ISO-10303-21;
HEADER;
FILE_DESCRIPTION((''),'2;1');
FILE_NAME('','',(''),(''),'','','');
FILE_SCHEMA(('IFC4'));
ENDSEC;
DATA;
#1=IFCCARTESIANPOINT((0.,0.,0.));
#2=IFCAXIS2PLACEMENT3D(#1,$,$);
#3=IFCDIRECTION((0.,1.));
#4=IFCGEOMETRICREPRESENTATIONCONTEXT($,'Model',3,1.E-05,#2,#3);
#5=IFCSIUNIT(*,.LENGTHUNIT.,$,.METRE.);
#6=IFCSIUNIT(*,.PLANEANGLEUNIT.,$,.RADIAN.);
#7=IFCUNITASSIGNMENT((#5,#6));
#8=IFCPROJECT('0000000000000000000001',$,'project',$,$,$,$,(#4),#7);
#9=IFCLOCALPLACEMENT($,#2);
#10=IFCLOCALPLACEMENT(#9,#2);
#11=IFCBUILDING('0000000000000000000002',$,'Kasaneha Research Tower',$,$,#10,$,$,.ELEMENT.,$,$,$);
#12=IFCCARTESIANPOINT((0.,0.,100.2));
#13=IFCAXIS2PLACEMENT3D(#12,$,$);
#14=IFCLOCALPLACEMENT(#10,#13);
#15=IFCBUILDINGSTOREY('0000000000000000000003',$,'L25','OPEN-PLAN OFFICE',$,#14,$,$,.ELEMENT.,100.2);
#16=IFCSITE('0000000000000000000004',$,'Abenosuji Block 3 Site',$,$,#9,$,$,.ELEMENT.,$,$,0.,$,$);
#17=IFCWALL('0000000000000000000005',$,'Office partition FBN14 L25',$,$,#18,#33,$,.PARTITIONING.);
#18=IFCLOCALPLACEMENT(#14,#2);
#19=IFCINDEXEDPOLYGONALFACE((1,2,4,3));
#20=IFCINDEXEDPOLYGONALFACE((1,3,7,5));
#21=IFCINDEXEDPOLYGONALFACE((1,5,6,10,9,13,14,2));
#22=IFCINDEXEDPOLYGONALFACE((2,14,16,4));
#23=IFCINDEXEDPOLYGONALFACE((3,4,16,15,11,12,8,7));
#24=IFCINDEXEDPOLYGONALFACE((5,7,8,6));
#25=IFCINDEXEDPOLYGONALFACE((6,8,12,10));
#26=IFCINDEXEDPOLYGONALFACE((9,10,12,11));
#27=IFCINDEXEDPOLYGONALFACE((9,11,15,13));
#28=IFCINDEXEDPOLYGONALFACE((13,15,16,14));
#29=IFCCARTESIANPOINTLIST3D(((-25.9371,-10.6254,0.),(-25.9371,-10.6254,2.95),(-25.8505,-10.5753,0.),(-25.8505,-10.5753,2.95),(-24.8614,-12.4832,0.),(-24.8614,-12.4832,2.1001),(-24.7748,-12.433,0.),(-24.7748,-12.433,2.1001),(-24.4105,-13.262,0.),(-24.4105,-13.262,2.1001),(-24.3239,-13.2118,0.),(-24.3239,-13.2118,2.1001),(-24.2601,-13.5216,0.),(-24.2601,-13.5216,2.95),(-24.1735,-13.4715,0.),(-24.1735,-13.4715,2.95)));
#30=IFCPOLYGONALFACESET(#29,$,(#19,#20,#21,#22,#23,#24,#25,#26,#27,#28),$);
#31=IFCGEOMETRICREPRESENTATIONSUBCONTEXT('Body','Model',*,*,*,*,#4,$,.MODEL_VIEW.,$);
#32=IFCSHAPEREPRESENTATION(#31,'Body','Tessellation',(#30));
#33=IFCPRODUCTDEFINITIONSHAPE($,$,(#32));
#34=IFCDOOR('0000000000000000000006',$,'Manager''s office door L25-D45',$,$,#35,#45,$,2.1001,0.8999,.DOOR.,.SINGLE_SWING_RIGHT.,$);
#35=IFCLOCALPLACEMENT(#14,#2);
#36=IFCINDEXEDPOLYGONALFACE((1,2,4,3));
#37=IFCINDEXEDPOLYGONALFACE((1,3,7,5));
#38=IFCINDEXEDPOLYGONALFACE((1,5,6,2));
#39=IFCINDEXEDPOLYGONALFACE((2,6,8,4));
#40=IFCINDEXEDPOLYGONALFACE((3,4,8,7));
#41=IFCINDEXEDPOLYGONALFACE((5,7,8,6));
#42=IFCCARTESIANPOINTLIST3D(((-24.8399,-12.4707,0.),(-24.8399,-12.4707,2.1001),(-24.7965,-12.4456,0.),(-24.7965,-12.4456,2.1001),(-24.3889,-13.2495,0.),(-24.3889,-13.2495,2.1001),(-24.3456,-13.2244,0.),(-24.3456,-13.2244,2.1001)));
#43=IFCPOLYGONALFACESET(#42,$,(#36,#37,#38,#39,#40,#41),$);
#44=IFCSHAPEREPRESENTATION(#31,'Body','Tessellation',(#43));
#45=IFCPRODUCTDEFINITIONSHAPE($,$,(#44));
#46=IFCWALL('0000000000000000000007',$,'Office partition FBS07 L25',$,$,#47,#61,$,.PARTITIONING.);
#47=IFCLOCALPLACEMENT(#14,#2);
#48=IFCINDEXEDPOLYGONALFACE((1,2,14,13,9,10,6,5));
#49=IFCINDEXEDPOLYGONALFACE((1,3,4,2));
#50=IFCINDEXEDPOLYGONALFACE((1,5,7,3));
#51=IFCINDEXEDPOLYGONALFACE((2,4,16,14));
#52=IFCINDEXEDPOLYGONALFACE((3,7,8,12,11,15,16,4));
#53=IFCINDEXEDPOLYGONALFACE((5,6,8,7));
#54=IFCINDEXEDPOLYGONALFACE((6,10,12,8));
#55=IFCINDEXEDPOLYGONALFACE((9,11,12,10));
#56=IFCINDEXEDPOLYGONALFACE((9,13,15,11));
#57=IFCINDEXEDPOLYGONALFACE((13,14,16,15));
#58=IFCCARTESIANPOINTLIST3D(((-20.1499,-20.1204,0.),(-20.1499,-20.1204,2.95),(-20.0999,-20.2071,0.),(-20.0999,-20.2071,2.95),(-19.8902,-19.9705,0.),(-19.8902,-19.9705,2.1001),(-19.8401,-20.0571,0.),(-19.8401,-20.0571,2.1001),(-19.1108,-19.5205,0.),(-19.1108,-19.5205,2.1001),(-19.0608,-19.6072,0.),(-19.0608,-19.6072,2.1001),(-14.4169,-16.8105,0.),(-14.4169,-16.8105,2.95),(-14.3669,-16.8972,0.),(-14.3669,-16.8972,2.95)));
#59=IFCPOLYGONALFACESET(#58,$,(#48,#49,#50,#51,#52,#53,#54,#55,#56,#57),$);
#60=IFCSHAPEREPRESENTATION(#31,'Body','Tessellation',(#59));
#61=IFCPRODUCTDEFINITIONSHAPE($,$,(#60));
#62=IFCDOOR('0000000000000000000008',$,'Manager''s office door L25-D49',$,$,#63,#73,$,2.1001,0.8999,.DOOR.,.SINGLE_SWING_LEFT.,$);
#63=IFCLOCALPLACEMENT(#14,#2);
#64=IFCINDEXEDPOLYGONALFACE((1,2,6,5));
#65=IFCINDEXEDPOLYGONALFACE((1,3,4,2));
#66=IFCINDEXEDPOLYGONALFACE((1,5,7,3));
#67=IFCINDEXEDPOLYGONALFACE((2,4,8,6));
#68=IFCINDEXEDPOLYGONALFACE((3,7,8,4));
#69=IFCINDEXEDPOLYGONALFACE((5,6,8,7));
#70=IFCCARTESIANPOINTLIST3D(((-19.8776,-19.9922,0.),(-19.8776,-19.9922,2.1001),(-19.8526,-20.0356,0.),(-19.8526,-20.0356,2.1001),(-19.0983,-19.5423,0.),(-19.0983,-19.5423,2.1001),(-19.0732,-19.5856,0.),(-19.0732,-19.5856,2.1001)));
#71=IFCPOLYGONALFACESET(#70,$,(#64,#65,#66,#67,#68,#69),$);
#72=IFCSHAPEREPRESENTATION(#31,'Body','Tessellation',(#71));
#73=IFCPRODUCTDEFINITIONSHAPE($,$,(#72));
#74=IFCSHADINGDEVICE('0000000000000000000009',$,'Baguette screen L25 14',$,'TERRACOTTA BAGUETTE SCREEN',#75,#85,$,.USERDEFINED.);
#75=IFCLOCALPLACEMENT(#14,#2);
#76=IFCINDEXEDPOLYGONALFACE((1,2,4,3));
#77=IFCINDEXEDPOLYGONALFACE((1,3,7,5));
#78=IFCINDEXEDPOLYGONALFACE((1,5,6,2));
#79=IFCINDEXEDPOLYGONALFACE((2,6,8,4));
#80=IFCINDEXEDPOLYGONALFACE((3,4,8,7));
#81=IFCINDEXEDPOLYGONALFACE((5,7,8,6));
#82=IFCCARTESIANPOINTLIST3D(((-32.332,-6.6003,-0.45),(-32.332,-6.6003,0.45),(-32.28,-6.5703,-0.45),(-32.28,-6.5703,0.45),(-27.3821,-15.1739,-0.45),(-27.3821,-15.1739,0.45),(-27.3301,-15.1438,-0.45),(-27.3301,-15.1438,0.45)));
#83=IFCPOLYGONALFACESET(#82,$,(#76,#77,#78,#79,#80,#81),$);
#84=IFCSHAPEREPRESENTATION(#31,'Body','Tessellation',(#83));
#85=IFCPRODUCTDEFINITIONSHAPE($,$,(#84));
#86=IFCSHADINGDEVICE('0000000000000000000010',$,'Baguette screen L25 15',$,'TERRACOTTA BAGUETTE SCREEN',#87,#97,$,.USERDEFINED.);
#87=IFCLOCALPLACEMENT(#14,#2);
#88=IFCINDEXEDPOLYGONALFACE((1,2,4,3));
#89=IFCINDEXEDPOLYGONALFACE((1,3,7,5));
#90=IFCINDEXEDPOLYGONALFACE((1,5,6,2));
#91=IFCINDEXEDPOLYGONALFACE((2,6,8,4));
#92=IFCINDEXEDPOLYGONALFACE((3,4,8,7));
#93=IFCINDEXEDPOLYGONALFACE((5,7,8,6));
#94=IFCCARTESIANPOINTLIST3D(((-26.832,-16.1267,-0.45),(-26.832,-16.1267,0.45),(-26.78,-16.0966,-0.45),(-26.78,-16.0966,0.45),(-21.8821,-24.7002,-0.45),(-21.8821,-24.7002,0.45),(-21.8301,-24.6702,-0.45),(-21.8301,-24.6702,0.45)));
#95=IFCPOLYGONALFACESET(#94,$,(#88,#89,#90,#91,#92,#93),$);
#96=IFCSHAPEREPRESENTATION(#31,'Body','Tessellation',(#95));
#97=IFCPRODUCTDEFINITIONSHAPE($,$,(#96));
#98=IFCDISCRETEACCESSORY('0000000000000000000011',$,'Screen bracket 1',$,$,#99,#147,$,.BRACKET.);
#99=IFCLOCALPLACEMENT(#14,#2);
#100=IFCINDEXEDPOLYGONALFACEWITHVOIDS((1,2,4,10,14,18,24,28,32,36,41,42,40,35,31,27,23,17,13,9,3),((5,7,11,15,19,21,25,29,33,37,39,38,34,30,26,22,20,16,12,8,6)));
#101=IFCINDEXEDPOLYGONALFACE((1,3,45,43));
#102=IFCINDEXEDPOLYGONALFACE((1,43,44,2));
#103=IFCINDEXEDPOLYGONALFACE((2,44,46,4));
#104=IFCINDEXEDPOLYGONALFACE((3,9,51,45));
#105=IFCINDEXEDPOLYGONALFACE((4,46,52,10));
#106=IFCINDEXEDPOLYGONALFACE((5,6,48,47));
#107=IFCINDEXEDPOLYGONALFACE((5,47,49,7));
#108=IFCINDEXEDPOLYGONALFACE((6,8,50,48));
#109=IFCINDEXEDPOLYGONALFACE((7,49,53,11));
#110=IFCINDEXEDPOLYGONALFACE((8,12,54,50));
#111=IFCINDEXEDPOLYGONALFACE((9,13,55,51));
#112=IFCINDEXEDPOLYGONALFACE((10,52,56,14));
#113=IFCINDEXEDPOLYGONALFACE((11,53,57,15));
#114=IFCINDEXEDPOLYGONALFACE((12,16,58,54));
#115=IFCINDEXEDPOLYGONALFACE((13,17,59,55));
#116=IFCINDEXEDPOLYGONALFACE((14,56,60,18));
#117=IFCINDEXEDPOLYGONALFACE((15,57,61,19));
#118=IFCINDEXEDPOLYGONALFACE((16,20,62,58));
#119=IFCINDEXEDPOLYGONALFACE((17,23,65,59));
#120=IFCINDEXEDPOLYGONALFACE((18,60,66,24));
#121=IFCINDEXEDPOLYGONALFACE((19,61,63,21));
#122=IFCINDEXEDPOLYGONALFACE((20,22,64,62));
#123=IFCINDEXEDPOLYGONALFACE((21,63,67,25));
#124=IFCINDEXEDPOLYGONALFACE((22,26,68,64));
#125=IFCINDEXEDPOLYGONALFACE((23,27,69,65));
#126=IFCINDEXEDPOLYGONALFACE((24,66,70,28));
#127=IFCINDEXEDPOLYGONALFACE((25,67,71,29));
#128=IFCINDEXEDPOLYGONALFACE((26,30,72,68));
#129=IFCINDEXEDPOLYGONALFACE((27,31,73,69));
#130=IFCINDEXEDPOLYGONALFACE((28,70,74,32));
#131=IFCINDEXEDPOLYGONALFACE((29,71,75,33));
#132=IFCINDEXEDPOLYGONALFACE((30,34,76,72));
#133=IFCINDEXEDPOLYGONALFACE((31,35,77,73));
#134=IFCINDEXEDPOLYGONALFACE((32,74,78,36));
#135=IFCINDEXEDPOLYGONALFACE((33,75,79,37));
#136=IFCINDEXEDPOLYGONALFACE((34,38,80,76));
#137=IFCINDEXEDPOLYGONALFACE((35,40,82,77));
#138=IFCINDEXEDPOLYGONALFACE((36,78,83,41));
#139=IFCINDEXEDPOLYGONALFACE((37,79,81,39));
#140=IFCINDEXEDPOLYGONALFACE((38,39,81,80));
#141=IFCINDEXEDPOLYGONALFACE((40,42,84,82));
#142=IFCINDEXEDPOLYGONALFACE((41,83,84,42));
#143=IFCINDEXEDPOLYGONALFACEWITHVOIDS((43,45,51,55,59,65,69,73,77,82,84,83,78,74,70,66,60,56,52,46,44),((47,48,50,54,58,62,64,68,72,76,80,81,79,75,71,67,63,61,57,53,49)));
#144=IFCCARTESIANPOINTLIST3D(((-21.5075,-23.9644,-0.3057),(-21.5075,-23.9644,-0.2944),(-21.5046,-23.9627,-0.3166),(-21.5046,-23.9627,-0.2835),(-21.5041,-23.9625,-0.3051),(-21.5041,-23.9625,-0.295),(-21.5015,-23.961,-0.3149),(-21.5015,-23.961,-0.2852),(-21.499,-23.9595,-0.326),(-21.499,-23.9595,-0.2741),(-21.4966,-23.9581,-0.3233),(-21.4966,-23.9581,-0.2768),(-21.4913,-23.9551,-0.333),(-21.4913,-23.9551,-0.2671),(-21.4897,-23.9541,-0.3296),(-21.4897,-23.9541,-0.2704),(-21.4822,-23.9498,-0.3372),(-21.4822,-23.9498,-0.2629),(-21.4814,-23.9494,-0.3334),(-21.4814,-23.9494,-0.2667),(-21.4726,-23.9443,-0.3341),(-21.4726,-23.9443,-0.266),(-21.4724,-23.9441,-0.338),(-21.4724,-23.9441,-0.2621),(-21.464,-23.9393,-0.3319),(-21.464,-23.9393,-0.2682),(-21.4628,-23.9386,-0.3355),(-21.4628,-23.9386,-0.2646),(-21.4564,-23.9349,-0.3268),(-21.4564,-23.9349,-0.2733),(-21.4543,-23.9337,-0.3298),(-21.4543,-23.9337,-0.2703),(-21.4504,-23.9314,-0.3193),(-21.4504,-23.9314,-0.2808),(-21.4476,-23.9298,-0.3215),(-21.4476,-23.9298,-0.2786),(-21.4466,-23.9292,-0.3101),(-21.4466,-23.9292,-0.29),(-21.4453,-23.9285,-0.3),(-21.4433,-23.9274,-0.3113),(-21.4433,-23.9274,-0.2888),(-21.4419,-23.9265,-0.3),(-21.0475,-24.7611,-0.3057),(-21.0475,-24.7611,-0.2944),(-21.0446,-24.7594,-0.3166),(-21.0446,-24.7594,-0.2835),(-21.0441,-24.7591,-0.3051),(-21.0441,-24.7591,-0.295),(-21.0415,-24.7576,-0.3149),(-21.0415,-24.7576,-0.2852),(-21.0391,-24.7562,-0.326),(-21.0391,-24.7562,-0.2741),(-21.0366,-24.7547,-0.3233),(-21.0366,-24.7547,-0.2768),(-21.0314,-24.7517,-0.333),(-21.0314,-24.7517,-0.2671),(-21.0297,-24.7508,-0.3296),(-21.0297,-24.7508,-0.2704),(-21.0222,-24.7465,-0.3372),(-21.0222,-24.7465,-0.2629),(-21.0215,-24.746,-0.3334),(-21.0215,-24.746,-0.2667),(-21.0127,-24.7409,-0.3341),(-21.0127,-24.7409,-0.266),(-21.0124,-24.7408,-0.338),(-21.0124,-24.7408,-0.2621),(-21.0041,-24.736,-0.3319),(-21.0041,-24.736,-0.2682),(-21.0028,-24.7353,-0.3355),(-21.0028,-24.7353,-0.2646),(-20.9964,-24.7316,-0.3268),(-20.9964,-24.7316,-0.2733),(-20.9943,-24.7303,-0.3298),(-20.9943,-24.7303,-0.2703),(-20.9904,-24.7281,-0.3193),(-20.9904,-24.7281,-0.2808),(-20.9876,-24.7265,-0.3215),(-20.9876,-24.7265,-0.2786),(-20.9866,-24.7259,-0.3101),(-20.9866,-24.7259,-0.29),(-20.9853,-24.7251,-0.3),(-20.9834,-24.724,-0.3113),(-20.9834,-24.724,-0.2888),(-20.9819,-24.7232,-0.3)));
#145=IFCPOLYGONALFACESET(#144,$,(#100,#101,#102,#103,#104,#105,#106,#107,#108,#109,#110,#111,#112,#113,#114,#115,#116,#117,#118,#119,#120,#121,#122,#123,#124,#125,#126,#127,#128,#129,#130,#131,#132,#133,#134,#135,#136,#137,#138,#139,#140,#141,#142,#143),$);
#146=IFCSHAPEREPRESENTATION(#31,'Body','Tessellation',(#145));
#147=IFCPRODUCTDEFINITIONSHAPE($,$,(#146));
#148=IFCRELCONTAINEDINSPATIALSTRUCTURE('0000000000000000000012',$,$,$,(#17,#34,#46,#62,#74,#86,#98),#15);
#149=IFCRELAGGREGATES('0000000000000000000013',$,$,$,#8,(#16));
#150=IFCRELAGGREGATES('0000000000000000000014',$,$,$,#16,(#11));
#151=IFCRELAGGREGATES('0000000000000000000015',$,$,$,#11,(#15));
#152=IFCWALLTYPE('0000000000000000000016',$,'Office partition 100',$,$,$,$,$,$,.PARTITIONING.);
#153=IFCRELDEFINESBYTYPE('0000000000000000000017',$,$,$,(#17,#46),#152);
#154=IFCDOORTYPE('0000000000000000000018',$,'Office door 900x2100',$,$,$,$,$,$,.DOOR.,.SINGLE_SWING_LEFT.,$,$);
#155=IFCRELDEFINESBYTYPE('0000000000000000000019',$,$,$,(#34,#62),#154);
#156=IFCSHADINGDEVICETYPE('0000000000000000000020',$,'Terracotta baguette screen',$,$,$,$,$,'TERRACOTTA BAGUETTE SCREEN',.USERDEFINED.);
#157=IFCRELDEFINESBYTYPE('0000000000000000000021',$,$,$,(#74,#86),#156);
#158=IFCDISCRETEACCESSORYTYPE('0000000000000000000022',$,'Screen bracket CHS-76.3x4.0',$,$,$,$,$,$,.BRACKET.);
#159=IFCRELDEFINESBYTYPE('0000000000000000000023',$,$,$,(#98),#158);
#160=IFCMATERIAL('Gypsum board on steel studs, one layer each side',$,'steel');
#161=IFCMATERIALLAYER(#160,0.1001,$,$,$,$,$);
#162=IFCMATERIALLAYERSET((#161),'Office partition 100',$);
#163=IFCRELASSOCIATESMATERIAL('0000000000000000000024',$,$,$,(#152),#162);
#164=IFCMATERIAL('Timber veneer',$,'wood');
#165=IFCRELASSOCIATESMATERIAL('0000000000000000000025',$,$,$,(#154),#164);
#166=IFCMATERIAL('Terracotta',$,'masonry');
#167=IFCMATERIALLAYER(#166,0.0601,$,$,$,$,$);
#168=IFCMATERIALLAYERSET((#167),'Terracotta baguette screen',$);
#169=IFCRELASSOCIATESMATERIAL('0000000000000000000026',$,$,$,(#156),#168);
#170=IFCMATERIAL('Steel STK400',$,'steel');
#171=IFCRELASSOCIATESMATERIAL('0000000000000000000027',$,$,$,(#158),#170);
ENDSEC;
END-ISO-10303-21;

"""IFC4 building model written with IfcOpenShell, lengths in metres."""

from ifc_helpers import new_model, si_unit, direction, frame, frame_2d, origin, origin_2d, place, context, subcontext, project, spatial, rectangle, hollow_circle, extrude, material, layer, layer_set, material_profile, profile_set, type_object, element, fill, save


model = new_model("IFC4")

# Units and contexts
model_context = context("Model", 3, precision=1e-05, world=origin(), true_north=direction((0.0, 1.0)))
body_context = subcontext(model_context, "Body", "Model", "MODEL_VIEW")
ifc_project = project(units=[si_unit("LENGTHUNIT", "METRE"), si_unit("PLANEANGLEUNIT", "RADIAN")], contexts=[model_context])

# Site, building, storey
site_placement = place(None, origin())
site = spatial("IfcSite", under=ifc_project, at=site_placement, Name="Abenosuji Block 3 Site", CompositionType="ELEMENT", RefElevation=0.0)
building_placement = place(site_placement, origin())
building = spatial("IfcBuilding", under=site, at=building_placement, Name="Kasaneha Research Tower", CompositionType="ELEMENT")
storey_placement = place(building_placement, frame((0.0, 0.0, 100.2)))
storey = spatial("IfcBuildingStorey", under=building, at=storey_placement, Name="L25", Description="OPEN-PLAN OFFICE", CompositionType="ELEMENT", Elevation=100.2)

# Shared definitions
ifc_material_1 = material(Name="Gypsum board on steel studs, one layer each side", Category="steel")
ifc_layer_1 = layer(ifc_material_1, 0.1001)
ifc_layer_set_1 = layer_set([ifc_layer_1], Name="Office partition 100")
wall_type = type_object("IfcWallType", Name="Office partition 100", PredefinedType="PARTITIONING", material=ifc_layer_set_1)

# Walls, openings, doors
wall_1_placement = place(storey_placement, frame((-25.8938, -10.6003, 0.0), z_axis=(0.0, 0.0, 1.0), x_axis=(0.501088, -0.865396, 0.0)))
wall_1 = element("IfcWall", 1, at=wall_1_placement, inside=storey, type_object=wall_type, Name="Office partition FBN14 L25", PredefinedType="PARTITIONING", context=body_context, shape_type="SweptSolid", body=[
    extrude(rectangle(XDim=3.3467, YDim=0.1001, at=frame_2d((1.6733, 0.0))), origin(), (0.0, 0.0, 1.0), 2.95),
])
opening_1_placement = place(wall_1_placement, frame((2.1467, 0.0, 0.0)))
opening_1 = element("IfcOpeningElement", 2, at=opening_1_placement, cuts=wall_1, PredefinedType="OPENING", context=body_context, shape_type="SweptSolid", body=[
    extrude(rectangle(XDim=0.8999, YDim=2.1001, at=frame_2d((0.45, 1.05))), frame((0.0, 0.0601, 0.0), z_axis=(0.0, -1.0, 0.0), x_axis=(1.0, 0.0, 0.0)), (0.0, 0.0, 1.0), 0.1201),
])
ifc_material_2 = material(Name="Timber veneer", Category="wood")
door_type = type_object("IfcDoorType", Name="Office door 900x2100", OperationType="SINGLE_SWING_LEFT", PredefinedType="DOOR", material=ifc_material_2)
door_1_placement = place(opening_1_placement, origin())
door_1 = element("IfcDoor", 3, at=door_1_placement, inside=storey, type_object=door_type, Name="Manager's office door L25-D45", OperationType="SINGLE_SWING_RIGHT", OverallHeight=2.1001, OverallWidth=0.8999, PredefinedType="DOOR", context=body_context, shape_type="SweptSolid", body=[
    extrude(rectangle(XDim=0.8999, YDim=2.1001, at=frame_2d((0.45, 1.05))), frame((0.0, 0.0249, 0.0), z_axis=(0.0, -1.0, 0.0), x_axis=(1.0, 0.0, 0.0)), (0.0, 0.0, 1.0), 0.05),
])
fill(opening_1, door_1)
wall_2_placement = place(storey_placement, frame((-20.125, -20.1638, 0.0), z_axis=(0.0, 0.0, 1.0), x_axis=(0.866031, 0.499991, 0.0)))
wall_2 = element("IfcWall", 4, at=wall_2_placement, inside=storey, type_object=wall_type, Name="Office partition FBS07 L25", PredefinedType="PARTITIONING", context=body_context, shape_type="SweptSolid", body=[
    extrude(rectangle(XDim=6.6199, YDim=0.1001, at=frame_2d((3.3101, 0.0))), origin(), (0.0, 0.0, 1.0), 2.95),
])
opening_2_placement = place(wall_2_placement, frame((0.3, 0.0, 0.0)))
opening_2 = element("IfcOpeningElement", 5, at=opening_2_placement, cuts=wall_2, PredefinedType="OPENING", context=body_context, shape_type="SweptSolid", body=[
    extrude(rectangle(XDim=0.8999, YDim=2.1001, at=frame_2d((0.45, 1.05))), frame((0.0, 0.0601, 0.0), z_axis=(0.0, -1.0, 0.0), x_axis=(1.0, 0.0, 0.0)), (0.0, 0.0, 1.0), 0.1201),
])
door_2_placement = place(opening_2_placement, origin())
door_2 = element("IfcDoor", 6, at=door_2_placement, inside=storey, type_object=door_type, Name="Manager's office door L25-D49", OperationType="SINGLE_SWING_LEFT", OverallHeight=2.1001, OverallWidth=0.8999, PredefinedType="DOOR", context=body_context, shape_type="SweptSolid", body=[
    extrude(rectangle(XDim=0.8999, YDim=2.1001, at=frame_2d((0.45, 1.05))), frame((0.0, 0.0249, 0.0), z_axis=(0.0, -1.0, 0.0), x_axis=(1.0, 0.0, 0.0)), (0.0, 0.0, 1.0), 0.05),
])
fill(opening_2, door_2)

# Shading devices
ifc_material_3 = material(Name="Terracotta", Category="masonry")
ifc_layer_2 = layer(ifc_material_3, 0.0601)
ifc_layer_set_2 = layer_set([ifc_layer_2], Name="Terracotta baguette screen")
shading_device_type = type_object("IfcShadingDeviceType", Name="Terracotta baguette screen", ElementType="TERRACOTTA BAGUETTE SCREEN", PredefinedType="USERDEFINED", material=ifc_layer_set_2)
for number, where, z_axis, x_axis, name in (
    (7, (-29.8311, -10.8721, -0.45), (0.0, 0.0, 1.0), (0.5, -0.866025, 0.0), "Baguette screen L25 14"),
    (8, (-24.3311, -20.3984, -0.45), (0.0, 0.0, 1.0), (0.5, -0.866025, 0.0), "Baguette screen L25 15"),
):
    element("IfcShadingDevice", number, at=place(storey_placement, frame(where, z_axis=z_axis, x_axis=x_axis)), inside=storey, type_object=shading_device_type, Name=name, ObjectType="TERRACOTTA BAGUETTE SCREEN", PredefinedType="USERDEFINED", context=body_context, shape_type="SweptSolid", body=[
        extrude(rectangle(XDim=9.8999, YDim=0.0601, at=origin_2d()), origin(), (0.0, 0.0, 1.0), 0.8999),
    ])

# Discrete accessory
ifc_material_4 = material(Name="Steel STK400", Category="steel")
ifc_material_profile_1 = material_profile(ifc_material_4, hollow_circle(Radius=0.0381, WallThickness=0.0039, at=origin_2d()), Name="CHS-76.3x4.0")
ifc_profile_set_1 = profile_set([ifc_material_profile_1], Name="Steel STK400")
discrete_accessory_type = type_object("IfcDiscreteAccessoryType", Name="Screen bracket CHS-76.3x4.0", PredefinedType="BRACKET", material=ifc_profile_set_1)
for number, where, z_axis, x_axis, name in (
    (9, (-21.4749, -23.9456, -0.3), (0.500021, -0.866013, 0.0), (0.866013, 0.500021, 0.0), "Screen bracket 1"),
):
    element("IfcDiscreteAccessory", number, at=place(storey_placement, frame(where, z_axis=z_axis, x_axis=x_axis)), inside=storey, type_object=discrete_accessory_type, Name=name, PredefinedType="BRACKET", context=body_context, shape_type="SweptSolid", body=[
        extrude(hollow_circle(Radius=0.0381, WallThickness=0.0039, at=origin_2d()), origin(), (0.0, 0.0, 1.0), 0.9199),
    ])

save(model, "model.ifc")
